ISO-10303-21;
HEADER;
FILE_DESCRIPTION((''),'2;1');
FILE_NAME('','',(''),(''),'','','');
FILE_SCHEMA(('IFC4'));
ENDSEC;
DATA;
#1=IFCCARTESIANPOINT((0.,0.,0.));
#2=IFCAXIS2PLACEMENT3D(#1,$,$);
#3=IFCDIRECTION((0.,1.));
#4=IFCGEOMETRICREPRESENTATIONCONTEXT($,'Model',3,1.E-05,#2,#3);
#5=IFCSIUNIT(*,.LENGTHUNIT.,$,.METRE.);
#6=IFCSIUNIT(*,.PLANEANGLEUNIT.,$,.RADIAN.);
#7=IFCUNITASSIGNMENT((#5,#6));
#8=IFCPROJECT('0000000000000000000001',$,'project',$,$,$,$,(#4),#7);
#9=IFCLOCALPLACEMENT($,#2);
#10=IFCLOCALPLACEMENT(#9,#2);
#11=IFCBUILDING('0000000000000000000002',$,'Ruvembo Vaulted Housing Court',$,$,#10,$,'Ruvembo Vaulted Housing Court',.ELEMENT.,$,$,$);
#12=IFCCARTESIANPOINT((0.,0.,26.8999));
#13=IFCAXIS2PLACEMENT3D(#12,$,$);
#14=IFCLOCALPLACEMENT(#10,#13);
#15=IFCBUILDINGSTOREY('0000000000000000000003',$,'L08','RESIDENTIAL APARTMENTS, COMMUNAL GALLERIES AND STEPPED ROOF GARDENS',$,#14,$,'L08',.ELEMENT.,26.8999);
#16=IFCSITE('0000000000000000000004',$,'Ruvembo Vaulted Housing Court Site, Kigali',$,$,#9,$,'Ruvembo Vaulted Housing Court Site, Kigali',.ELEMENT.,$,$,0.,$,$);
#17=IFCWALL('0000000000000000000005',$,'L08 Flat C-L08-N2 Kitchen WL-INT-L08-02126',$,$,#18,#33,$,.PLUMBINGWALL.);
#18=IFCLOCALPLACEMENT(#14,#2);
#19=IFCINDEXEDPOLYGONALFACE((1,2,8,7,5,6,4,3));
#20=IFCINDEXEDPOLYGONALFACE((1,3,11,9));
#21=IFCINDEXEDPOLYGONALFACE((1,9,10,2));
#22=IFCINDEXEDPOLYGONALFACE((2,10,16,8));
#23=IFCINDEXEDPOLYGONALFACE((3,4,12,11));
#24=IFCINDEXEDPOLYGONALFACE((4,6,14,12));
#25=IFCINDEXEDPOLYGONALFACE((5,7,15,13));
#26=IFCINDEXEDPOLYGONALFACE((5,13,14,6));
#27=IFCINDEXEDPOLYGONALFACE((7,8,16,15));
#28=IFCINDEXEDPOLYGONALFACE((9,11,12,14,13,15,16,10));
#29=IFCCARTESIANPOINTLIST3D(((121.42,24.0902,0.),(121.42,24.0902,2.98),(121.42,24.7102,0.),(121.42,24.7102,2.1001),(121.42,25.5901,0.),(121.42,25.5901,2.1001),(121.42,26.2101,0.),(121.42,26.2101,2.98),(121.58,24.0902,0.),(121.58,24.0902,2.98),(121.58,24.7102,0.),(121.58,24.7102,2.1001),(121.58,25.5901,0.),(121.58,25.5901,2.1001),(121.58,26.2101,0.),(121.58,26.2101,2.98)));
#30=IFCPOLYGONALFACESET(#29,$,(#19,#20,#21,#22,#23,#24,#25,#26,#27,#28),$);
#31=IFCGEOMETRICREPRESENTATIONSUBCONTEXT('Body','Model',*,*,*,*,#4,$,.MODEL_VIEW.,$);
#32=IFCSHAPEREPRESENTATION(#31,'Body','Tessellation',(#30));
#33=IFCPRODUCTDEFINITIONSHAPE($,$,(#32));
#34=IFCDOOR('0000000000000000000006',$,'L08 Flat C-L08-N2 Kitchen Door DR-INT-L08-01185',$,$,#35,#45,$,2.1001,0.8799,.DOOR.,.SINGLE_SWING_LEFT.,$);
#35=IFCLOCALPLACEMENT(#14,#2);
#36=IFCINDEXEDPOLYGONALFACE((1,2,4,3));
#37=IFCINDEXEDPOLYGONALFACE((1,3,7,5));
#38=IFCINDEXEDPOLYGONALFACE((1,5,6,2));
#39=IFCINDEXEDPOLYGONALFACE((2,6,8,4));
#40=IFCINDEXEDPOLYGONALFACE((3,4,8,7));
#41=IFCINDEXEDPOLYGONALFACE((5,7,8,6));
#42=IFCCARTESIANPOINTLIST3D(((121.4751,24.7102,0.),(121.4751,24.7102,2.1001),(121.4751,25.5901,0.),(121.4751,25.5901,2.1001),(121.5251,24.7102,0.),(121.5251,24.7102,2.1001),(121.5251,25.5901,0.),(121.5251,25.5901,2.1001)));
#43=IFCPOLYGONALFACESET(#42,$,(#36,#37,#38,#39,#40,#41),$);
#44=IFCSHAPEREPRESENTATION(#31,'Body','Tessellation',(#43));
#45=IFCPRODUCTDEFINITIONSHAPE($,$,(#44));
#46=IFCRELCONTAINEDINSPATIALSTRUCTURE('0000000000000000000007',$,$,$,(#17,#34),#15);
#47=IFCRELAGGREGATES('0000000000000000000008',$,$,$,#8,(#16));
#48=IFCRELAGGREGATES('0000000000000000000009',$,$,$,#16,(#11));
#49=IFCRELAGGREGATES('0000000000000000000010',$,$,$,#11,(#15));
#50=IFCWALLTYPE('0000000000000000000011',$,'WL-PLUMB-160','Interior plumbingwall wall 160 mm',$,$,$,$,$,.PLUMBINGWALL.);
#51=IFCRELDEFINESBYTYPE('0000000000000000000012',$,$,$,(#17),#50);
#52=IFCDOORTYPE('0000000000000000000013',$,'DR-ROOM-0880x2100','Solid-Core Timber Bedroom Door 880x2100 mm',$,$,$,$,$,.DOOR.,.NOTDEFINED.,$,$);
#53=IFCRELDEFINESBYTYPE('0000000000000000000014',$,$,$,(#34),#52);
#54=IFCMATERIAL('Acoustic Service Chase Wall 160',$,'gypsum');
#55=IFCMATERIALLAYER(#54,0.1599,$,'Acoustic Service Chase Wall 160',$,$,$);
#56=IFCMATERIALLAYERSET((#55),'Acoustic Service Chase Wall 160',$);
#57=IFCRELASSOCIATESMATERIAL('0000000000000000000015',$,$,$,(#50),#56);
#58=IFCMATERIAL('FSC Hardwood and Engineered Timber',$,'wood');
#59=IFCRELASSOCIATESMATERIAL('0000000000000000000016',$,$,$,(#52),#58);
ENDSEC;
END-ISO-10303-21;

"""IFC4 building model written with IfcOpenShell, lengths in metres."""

from ifc_helpers import new_model, si_unit, direction, frame, frame_2d, origin, place, context, subcontext, project, spatial, rectangle, extrude, material, layer, layer_set, type_object, element, fill, save


model = new_model("IFC4")

# Units and contexts
model_context = context("Model", 3, precision=1e-05, world=origin(), true_north=direction((0.0, 1.0)))
body_context = subcontext(model_context, "Body", "Model", "MODEL_VIEW")
ifc_project = project(units=[si_unit("LENGTHUNIT", "METRE"), si_unit("PLANEANGLEUNIT", "RADIAN")], contexts=[model_context])

# Site, building, storey
site_placement = place(None, origin())
site = spatial("IfcSite", under=ifc_project, at=site_placement, Name="Ruvembo Vaulted Housing Court Site, Kigali", LongName="Ruvembo Vaulted Housing Court Site, Kigali", CompositionType="ELEMENT", RefElevation=0.0)
building_placement = place(site_placement, origin())
building = spatial("IfcBuilding", under=site, at=building_placement, Name="Ruvembo Vaulted Housing Court", LongName="Ruvembo Vaulted Housing Court", CompositionType="ELEMENT")
storey_placement = place(building_placement, frame((0.0, 0.0, 26.8999)))
storey = spatial("IfcBuildingStorey", under=building, at=storey_placement, Name="L08", Description="RESIDENTIAL APARTMENTS, COMMUNAL GALLERIES AND STEPPED ROOF GARDENS", LongName="L08", CompositionType="ELEMENT", Elevation=26.8999)

# Shared definitions
ifc_material_1 = material(Name="FSC Hardwood and Engineered Timber", Category="wood")

# Wall, opening, door
ifc_material_2 = material(Name="Acoustic Service Chase Wall 160", Category="gypsum")
ifc_layer_1 = layer(ifc_material_2, 0.1599, Name="Acoustic Service Chase Wall 160")
ifc_layer_set_1 = layer_set([ifc_layer_1], Name="Acoustic Service Chase Wall 160")
wall_type_1 = type_object("IfcWallType", Name="WL-PLUMB-160", Description="Interior plumbingwall wall 160 mm", PredefinedType="PLUMBINGWALL", material=ifc_layer_set_1)
wall_1_placement = place(storey_placement, frame((121.5, 24.0901, 0.0), z_axis=(0.0, 0.0, 1.0), x_axis=(0.0, 1.0, 0.0)))
wall_1 = element("IfcWall", 1, at=wall_1_placement, inside=storey, type_object=wall_type_1, Name="L08 Flat C-L08-N2 Kitchen WL-INT-L08-02126", PredefinedType="PLUMBINGWALL", context=body_context, shape_type="SweptSolid", body=[
    extrude(rectangle(XDim=2.1199, YDim=0.1599, at=frame_2d((1.0601, 0.0))), origin(), (0.0, 0.0, 1.0), 2.98),
])
opening_1_placement = place(wall_1_placement, frame((0.6201, 0.0, 0.0)))
opening_1 = element("IfcOpeningElement", 2, at=opening_1_placement, cuts=wall_1, PredefinedType="OPENING", context=body_context, shape_type="SweptSolid", body=[
    extrude(rectangle(XDim=0.8799, YDim=2.1001, at=frame_2d((0.4399, 1.05))), frame((0.0, 0.0898, 0.0), z_axis=(0.0, -1.0, 0.0), x_axis=(1.0, 0.0, 0.0)), (0.0, 0.0, 1.0), 0.1799),
])
door_type_1 = type_object("IfcDoorType", Name="DR-ROOM-0880x2100", Description="Solid-Core Timber Bedroom Door 880x2100 mm", OperationType="NOTDEFINED", PredefinedType="DOOR", material=ifc_material_1)
door_1_placement = place(opening_1_placement, origin())
door_1 = element("IfcDoor", 3, at=door_1_placement, inside=storey, type_object=door_type_1, Name="L08 Flat C-L08-N2 Kitchen Door DR-INT-L08-01185", OperationType="SINGLE_SWING_LEFT", OverallHeight=2.1001, OverallWidth=0.8799, PredefinedType="DOOR", context=body_context, shape_type="SweptSolid", body=[
    extrude(rectangle(XDim=0.8799, YDim=2.1001, at=frame_2d((0.4399, 1.05))), frame((0.0, 0.0249, 0.0), z_axis=(0.0, -1.0, 0.0), x_axis=(1.0, 0.0, 0.0)), (0.0, 0.0, 1.0), 0.05),
])
fill(opening_1, door_1)

save(model, "model.ifc")
